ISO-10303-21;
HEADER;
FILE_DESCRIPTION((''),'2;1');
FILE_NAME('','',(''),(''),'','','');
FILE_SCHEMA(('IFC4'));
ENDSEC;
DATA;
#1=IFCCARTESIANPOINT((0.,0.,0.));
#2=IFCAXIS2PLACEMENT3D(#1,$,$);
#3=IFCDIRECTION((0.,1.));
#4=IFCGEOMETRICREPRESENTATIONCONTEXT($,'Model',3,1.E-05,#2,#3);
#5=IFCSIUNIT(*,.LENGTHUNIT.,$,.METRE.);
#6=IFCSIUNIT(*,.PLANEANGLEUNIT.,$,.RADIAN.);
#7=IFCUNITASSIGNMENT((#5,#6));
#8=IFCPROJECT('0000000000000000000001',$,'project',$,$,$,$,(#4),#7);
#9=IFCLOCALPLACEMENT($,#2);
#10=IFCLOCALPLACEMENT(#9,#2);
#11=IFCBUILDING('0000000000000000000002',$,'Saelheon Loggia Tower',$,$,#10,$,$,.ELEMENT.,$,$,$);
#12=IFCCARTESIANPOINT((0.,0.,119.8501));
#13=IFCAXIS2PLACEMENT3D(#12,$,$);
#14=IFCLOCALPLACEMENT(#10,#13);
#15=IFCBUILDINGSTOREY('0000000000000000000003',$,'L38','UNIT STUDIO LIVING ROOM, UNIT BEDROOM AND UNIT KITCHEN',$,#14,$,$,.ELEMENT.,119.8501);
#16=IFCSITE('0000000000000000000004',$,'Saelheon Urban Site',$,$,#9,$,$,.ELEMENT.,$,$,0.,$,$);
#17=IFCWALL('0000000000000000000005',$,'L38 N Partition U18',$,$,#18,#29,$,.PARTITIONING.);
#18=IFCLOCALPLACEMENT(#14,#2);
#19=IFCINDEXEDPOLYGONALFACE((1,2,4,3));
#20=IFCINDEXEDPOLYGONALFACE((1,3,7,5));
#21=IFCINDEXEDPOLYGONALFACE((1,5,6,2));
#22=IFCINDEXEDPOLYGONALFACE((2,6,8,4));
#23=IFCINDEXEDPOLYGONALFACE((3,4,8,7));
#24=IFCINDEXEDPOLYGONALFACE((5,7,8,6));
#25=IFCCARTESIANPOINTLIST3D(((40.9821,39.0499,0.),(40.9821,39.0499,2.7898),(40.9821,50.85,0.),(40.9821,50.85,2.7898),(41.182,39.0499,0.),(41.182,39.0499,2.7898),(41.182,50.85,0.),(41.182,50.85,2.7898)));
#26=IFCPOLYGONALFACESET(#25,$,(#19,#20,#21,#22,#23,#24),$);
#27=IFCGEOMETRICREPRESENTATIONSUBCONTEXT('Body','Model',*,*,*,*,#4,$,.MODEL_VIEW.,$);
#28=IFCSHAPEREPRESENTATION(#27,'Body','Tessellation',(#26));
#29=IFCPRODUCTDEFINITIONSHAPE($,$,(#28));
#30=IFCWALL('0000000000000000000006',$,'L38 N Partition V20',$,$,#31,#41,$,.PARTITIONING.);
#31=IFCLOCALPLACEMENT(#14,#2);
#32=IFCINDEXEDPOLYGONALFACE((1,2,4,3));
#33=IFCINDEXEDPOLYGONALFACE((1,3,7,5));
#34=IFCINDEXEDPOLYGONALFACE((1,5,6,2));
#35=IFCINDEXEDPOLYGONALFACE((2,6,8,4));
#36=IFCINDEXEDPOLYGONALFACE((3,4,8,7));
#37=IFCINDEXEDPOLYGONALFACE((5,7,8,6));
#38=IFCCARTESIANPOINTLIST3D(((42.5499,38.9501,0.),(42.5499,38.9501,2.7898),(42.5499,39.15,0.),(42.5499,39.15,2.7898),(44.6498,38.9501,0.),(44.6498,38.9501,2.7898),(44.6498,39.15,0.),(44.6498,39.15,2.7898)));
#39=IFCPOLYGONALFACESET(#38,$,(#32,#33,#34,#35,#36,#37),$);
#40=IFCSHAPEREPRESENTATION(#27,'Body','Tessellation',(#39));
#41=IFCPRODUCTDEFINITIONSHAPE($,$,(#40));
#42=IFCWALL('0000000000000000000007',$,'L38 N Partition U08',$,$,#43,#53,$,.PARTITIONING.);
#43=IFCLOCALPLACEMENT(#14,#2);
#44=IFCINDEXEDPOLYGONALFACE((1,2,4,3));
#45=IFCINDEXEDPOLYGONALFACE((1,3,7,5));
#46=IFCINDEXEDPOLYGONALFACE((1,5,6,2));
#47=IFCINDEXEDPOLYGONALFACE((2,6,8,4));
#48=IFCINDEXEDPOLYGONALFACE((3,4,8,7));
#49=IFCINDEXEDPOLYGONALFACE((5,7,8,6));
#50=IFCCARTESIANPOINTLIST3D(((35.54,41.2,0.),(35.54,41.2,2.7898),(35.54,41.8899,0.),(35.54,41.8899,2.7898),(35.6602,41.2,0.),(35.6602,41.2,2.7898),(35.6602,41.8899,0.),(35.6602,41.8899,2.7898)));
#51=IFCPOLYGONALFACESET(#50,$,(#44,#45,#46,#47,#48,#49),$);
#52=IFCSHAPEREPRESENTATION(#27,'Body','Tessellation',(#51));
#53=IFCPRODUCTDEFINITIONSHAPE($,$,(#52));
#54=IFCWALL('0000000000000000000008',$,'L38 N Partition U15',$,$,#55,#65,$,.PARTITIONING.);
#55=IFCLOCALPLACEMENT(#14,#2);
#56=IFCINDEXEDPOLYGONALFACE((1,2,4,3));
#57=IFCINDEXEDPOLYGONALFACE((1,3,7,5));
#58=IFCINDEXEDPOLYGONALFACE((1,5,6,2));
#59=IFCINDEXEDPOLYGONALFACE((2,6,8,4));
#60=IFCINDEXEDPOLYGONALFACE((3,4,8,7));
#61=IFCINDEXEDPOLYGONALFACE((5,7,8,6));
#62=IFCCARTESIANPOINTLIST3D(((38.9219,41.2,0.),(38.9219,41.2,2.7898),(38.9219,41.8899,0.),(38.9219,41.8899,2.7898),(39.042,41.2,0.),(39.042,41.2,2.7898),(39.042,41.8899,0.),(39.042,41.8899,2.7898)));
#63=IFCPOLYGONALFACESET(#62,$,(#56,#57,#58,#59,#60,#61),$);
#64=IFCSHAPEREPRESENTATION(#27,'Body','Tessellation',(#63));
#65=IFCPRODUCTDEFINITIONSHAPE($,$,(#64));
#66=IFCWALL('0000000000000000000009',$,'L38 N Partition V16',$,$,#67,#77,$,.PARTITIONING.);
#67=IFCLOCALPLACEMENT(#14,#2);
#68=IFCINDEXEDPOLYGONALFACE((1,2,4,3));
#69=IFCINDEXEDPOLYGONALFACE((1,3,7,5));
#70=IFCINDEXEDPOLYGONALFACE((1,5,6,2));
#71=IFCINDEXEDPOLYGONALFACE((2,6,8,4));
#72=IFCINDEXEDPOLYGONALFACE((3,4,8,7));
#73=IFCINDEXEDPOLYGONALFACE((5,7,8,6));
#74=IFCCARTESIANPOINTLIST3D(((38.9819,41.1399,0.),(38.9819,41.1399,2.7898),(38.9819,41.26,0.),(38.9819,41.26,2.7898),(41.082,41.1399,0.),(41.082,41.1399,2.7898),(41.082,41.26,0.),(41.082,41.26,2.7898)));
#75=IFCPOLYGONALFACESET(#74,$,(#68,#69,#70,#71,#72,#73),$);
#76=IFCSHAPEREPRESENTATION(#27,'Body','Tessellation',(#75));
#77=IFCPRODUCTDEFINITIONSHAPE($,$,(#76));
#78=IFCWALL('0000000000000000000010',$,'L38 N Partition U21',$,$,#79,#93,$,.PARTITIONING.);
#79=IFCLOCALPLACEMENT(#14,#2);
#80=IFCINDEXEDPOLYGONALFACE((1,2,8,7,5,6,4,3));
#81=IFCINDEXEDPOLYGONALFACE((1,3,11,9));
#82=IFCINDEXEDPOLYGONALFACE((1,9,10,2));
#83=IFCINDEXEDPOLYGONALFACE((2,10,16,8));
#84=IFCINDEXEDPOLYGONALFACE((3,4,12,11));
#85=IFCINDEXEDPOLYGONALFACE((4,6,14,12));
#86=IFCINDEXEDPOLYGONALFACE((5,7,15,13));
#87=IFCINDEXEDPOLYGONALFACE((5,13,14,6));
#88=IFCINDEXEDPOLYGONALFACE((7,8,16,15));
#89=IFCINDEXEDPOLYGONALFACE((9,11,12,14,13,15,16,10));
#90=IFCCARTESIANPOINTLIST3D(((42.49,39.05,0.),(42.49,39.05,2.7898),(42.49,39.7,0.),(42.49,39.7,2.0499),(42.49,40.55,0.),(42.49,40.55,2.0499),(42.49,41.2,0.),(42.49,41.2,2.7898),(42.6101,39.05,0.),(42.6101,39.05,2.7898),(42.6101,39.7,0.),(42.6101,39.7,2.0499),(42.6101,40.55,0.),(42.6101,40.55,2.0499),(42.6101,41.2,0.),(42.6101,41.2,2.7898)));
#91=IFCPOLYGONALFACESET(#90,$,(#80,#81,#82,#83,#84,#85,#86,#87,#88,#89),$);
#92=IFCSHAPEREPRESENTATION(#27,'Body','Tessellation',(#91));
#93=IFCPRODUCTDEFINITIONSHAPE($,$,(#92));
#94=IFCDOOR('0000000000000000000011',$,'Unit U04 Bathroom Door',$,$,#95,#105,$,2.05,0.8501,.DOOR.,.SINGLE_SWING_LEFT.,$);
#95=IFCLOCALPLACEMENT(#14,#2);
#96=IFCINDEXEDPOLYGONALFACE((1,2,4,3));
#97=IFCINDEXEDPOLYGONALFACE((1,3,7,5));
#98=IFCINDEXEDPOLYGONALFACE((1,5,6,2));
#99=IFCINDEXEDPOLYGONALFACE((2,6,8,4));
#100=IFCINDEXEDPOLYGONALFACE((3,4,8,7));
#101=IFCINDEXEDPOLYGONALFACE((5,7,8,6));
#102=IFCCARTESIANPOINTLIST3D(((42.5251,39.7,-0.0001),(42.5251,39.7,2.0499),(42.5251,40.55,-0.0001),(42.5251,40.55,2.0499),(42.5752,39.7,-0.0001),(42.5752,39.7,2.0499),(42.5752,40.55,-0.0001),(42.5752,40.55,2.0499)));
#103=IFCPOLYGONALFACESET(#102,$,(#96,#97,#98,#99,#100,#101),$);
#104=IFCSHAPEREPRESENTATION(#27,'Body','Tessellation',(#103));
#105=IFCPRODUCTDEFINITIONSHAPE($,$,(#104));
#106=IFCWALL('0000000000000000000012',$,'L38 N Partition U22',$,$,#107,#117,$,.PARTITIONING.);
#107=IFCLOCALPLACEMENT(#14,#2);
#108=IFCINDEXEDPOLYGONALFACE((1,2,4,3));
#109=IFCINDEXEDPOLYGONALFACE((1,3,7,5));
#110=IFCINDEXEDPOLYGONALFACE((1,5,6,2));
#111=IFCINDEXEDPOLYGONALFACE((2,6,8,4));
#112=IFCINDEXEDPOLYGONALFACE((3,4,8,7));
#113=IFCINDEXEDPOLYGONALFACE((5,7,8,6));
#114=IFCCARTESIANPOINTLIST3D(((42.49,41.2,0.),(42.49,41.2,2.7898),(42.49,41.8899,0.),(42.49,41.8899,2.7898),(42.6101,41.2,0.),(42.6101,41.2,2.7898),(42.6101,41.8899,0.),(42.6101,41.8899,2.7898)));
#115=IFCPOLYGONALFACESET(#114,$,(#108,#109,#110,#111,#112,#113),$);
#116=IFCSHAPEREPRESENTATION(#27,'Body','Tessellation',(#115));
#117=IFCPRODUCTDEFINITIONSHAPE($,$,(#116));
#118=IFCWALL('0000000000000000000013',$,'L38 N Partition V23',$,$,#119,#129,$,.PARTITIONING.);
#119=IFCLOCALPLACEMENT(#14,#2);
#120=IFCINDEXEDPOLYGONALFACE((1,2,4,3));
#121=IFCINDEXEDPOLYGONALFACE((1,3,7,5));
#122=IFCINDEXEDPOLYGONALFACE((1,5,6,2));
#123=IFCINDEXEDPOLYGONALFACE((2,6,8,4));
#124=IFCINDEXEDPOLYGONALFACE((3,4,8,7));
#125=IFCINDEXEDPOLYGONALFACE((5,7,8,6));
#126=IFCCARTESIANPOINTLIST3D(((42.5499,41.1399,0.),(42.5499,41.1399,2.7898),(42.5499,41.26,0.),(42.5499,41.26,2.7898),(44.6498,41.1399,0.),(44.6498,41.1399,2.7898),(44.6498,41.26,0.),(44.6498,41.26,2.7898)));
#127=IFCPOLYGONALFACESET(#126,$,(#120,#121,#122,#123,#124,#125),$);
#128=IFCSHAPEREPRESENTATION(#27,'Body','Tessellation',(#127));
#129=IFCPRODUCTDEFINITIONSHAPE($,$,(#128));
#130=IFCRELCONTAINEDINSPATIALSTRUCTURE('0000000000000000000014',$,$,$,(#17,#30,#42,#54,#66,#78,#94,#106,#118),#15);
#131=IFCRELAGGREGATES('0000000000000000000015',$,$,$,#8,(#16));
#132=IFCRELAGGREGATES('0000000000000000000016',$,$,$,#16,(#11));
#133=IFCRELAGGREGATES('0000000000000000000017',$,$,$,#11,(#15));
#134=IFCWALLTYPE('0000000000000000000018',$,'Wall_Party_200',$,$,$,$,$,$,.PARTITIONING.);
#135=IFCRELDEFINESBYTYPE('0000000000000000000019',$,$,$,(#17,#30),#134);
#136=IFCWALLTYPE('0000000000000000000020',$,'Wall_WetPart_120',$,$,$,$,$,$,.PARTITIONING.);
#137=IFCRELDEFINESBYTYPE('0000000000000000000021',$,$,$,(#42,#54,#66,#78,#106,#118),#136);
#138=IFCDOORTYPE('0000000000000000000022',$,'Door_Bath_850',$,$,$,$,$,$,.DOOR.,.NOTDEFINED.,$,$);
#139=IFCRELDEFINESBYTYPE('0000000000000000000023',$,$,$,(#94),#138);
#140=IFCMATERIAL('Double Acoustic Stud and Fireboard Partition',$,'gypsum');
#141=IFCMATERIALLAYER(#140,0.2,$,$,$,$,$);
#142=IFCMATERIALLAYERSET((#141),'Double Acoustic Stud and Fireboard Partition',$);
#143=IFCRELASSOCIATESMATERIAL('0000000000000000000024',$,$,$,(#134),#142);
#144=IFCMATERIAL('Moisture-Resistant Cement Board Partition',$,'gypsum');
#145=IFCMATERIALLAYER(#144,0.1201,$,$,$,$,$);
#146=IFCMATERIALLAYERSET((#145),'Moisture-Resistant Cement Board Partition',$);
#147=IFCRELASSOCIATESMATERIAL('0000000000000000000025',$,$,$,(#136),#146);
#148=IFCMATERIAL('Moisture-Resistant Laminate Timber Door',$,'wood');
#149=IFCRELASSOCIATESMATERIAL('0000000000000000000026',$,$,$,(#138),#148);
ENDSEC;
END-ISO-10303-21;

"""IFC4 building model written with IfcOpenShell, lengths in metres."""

from ifc_helpers import new_model, si_unit, direction, frame, frame_2d, origin, place, context, subcontext, project, spatial, rectangle, extrude, source, transform, mapped, material, layer, layer_set, type_object, element, fill, save


model = new_model("IFC4")

# Units and contexts
model_context = context("Model", 3, precision=1e-05, world=origin(), true_north=direction((0.0, 1.0)))
body_context = subcontext(model_context, "Body", "Model", "MODEL_VIEW")
ifc_project = project(units=[si_unit("LENGTHUNIT", "METRE"), si_unit("PLANEANGLEUNIT", "RADIAN")], contexts=[model_context])

# Site, building, storey
site_placement = place(None, origin())
site = spatial("IfcSite", under=ifc_project, at=site_placement, Name="Saelheon Urban Site", CompositionType="ELEMENT", RefElevation=0.0)
building_placement = place(site_placement, origin())
building = spatial("IfcBuilding", under=site, at=building_placement, Name="Saelheon Loggia Tower", CompositionType="ELEMENT")
storey_placement = place(building_placement, frame((0.0, 0.0, 119.8501)))
storey = spatial("IfcBuildingStorey", under=building, at=storey_placement, Name="L38", Description="UNIT STUDIO LIVING ROOM, UNIT BEDROOM AND UNIT KITCHEN", CompositionType="ELEMENT", Elevation=119.8501)

# Wall
ifc_material_1 = material(Name="Double Acoustic Stud and Fireboard Partition", Category="gypsum")
ifc_layer_1 = layer(ifc_material_1, 0.2)
ifc_layer_set_1 = layer_set([ifc_layer_1], Name="Double Acoustic Stud and Fireboard Partition")
wall_type_1 = type_object("IfcWallType", Name="Wall_Party_200", PredefinedType="PARTITIONING", material=ifc_layer_set_1)
wall_1_placement = place(storey_placement, frame((41.082, 39.05, 0.0), z_axis=(0.0, 0.0, 1.0), x_axis=(0.0, 1.0, 0.0)))
element("IfcWall", 1, at=wall_1_placement, inside=storey, type_object=wall_type_1, Name="L38 N Partition U18", PredefinedType="PARTITIONING", context=body_context, shape_type="SweptSolid", body=[
    extrude(rectangle(XDim=11.8, YDim=0.2, at=frame_2d((5.8999, 0.0))), origin(), (0.0, 0.0, 1.0), 2.7898),
])

# Walls
wall_2_placement = place(storey_placement, frame((42.55, 39.05, 0.0), z_axis=(0.0, 0.0, 1.0), x_axis=(1.0, 0.0, 0.0)))
element("IfcWall", 2, at=wall_2_placement, inside=storey, type_object=wall_type_1, Name="L38 N Partition V20", PredefinedType="PARTITIONING", context=body_context, shape_type="SweptSolid", body=[
    extrude(rectangle(XDim=2.0999, YDim=0.2, at=frame_2d((1.0498, 0.0))), origin(), (0.0, 0.0, 1.0), 2.7898),
])
ifc_material_2 = material(Name="Moisture-Resistant Cement Board Partition", Category="gypsum")
ifc_layer_2 = layer(ifc_material_2, 0.1201)
ifc_layer_set_2 = layer_set([ifc_layer_2], Name="Moisture-Resistant Cement Board Partition")
wall_type_2 = type_object("IfcWallType", Name="Wall_WetPart_120", PredefinedType="PARTITIONING", material=ifc_layer_set_2)
for number, where, z_axis, x_axis, name in (
    (3, (35.6001, 41.2, 0.0), (0.0, 0.0, 1.0), (0.0, 1.0, 0.0), "L38 N Partition U08"),
    (4, (38.9819, 41.2, 0.0), (0.0, 0.0, 1.0), (0.0, 1.0, 0.0), "L38 N Partition U15"),
):
    element("IfcWall", number, at=place(storey_placement, frame(where, z_axis=z_axis, x_axis=x_axis)), inside=storey, type_object=wall_type_2, Name=name, PredefinedType="PARTITIONING", context=body_context, shape_type="SweptSolid", body=[
        extrude(rectangle(XDim=0.6899, YDim=0.1201, at=frame_2d((0.345, 0.0))), origin(), (0.0, 0.0, 1.0), 2.7898),
    ])
wall_3_placement = place(storey_placement, frame((38.9819, 41.2, 0.0), z_axis=(0.0, 0.0, 1.0), x_axis=(1.0, 0.0, 0.0)))
element("IfcWall", 5, at=wall_3_placement, inside=storey, type_object=wall_type_2, Name="L38 N Partition V16", PredefinedType="PARTITIONING", context=body_context, shape_type="SweptSolid", body=[
    extrude(rectangle(XDim=2.1001, YDim=0.1201, at=frame_2d((1.05, 0.0))), origin(), (0.0, 0.0, 1.0), 2.7898),
])

# Wall, opening, door
wall_4_placement = place(storey_placement, frame((42.55, 39.05, 0.0), z_axis=(0.0, 0.0, 1.0), x_axis=(0.0, 1.0, 0.0)))
wall_4 = element("IfcWall", 6, at=wall_4_placement, inside=storey, type_object=wall_type_2, Name="L38 N Partition U21", PredefinedType="PARTITIONING", context=body_context, shape_type="SweptSolid", body=[
    extrude(rectangle(XDim=2.1499, YDim=0.1201, at=frame_2d((1.075, 0.0))), origin(), (0.0, 0.0, 1.0), 2.7898),
])
opening_1_placement = place(wall_4_placement, frame((0.6499, 0.0, 0.0)))
opening_1 = element("IfcOpeningElement", 7, at=opening_1_placement, cuts=wall_4, PredefinedType="OPENING", context=body_context, shape_type="SweptSolid", body=[
    extrude(rectangle(XDim=0.8501, YDim=2.05, at=frame_2d((0.425, 1.0249))), frame((0.0, 0.072, 0.0), z_axis=(0.0, -1.0, 0.0), x_axis=(1.0, 0.0, 0.0)), (0.0, 0.0, 1.0), 0.144),
])
ifc_material_3 = material(Name="Moisture-Resistant Laminate Timber Door", Category="wood")
door_type_1 = type_object("IfcDoorType", Name="Door_Bath_850", OperationType="NOTDEFINED", PredefinedType="DOOR", material=ifc_material_3)
shared_shape_1 = source(origin(), body_context, "Body", "SweptSolid", [
    extrude(rectangle(XDim=0.8501, YDim=2.05, at=frame_2d((0.425, 1.0249))), frame((0.0, 0.0249, 0.0), z_axis=(0.0, -1.0, 0.0), x_axis=(1.0, 0.0, 0.0)), (0.0, 0.0, 1.0), 0.05),
])
door_1_placement = place(opening_1_placement, origin())
door_1 = element("IfcDoor", 8, at=door_1_placement, inside=storey, type_object=door_type_1, Name="Unit U04 Bathroom Door", OperationType="SINGLE_SWING_LEFT", OverallHeight=2.05, OverallWidth=0.8501, PredefinedType="DOOR", context=body_context, shape_type="MappedRepresentation", body=[
    mapped(shared_shape_1, transform((0.0, 0.0, 0.0), scale=1.0)),
])
fill(opening_1, door_1)

# Walls
wall_5_placement = place(storey_placement, frame((42.55, 41.2, 0.0), z_axis=(0.0, 0.0, 1.0), x_axis=(0.0, 1.0, 0.0)))
element("IfcWall", 9, at=wall_5_placement, inside=storey, type_object=wall_type_2, Name="L38 N Partition U22", PredefinedType="PARTITIONING", context=body_context, shape_type="SweptSolid", body=[
    extrude(rectangle(XDim=0.6899, YDim=0.1201, at=frame_2d((0.345, 0.0))), origin(), (0.0, 0.0, 1.0), 2.7898),
])
wall_6_placement = place(storey_placement, frame((42.55, 41.2, 0.0), z_axis=(0.0, 0.0, 1.0), x_axis=(1.0, 0.0, 0.0)))
element("IfcWall", 10, at=wall_6_placement, inside=storey, type_object=wall_type_2, Name="L38 N Partition V23", PredefinedType="PARTITIONING", context=body_context, shape_type="SweptSolid", body=[
    extrude(rectangle(XDim=2.0999, YDim=0.1201, at=frame_2d((1.0498, 0.0))), origin(), (0.0, 0.0, 1.0), 2.7898),
])

save(model, "model.ifc")
